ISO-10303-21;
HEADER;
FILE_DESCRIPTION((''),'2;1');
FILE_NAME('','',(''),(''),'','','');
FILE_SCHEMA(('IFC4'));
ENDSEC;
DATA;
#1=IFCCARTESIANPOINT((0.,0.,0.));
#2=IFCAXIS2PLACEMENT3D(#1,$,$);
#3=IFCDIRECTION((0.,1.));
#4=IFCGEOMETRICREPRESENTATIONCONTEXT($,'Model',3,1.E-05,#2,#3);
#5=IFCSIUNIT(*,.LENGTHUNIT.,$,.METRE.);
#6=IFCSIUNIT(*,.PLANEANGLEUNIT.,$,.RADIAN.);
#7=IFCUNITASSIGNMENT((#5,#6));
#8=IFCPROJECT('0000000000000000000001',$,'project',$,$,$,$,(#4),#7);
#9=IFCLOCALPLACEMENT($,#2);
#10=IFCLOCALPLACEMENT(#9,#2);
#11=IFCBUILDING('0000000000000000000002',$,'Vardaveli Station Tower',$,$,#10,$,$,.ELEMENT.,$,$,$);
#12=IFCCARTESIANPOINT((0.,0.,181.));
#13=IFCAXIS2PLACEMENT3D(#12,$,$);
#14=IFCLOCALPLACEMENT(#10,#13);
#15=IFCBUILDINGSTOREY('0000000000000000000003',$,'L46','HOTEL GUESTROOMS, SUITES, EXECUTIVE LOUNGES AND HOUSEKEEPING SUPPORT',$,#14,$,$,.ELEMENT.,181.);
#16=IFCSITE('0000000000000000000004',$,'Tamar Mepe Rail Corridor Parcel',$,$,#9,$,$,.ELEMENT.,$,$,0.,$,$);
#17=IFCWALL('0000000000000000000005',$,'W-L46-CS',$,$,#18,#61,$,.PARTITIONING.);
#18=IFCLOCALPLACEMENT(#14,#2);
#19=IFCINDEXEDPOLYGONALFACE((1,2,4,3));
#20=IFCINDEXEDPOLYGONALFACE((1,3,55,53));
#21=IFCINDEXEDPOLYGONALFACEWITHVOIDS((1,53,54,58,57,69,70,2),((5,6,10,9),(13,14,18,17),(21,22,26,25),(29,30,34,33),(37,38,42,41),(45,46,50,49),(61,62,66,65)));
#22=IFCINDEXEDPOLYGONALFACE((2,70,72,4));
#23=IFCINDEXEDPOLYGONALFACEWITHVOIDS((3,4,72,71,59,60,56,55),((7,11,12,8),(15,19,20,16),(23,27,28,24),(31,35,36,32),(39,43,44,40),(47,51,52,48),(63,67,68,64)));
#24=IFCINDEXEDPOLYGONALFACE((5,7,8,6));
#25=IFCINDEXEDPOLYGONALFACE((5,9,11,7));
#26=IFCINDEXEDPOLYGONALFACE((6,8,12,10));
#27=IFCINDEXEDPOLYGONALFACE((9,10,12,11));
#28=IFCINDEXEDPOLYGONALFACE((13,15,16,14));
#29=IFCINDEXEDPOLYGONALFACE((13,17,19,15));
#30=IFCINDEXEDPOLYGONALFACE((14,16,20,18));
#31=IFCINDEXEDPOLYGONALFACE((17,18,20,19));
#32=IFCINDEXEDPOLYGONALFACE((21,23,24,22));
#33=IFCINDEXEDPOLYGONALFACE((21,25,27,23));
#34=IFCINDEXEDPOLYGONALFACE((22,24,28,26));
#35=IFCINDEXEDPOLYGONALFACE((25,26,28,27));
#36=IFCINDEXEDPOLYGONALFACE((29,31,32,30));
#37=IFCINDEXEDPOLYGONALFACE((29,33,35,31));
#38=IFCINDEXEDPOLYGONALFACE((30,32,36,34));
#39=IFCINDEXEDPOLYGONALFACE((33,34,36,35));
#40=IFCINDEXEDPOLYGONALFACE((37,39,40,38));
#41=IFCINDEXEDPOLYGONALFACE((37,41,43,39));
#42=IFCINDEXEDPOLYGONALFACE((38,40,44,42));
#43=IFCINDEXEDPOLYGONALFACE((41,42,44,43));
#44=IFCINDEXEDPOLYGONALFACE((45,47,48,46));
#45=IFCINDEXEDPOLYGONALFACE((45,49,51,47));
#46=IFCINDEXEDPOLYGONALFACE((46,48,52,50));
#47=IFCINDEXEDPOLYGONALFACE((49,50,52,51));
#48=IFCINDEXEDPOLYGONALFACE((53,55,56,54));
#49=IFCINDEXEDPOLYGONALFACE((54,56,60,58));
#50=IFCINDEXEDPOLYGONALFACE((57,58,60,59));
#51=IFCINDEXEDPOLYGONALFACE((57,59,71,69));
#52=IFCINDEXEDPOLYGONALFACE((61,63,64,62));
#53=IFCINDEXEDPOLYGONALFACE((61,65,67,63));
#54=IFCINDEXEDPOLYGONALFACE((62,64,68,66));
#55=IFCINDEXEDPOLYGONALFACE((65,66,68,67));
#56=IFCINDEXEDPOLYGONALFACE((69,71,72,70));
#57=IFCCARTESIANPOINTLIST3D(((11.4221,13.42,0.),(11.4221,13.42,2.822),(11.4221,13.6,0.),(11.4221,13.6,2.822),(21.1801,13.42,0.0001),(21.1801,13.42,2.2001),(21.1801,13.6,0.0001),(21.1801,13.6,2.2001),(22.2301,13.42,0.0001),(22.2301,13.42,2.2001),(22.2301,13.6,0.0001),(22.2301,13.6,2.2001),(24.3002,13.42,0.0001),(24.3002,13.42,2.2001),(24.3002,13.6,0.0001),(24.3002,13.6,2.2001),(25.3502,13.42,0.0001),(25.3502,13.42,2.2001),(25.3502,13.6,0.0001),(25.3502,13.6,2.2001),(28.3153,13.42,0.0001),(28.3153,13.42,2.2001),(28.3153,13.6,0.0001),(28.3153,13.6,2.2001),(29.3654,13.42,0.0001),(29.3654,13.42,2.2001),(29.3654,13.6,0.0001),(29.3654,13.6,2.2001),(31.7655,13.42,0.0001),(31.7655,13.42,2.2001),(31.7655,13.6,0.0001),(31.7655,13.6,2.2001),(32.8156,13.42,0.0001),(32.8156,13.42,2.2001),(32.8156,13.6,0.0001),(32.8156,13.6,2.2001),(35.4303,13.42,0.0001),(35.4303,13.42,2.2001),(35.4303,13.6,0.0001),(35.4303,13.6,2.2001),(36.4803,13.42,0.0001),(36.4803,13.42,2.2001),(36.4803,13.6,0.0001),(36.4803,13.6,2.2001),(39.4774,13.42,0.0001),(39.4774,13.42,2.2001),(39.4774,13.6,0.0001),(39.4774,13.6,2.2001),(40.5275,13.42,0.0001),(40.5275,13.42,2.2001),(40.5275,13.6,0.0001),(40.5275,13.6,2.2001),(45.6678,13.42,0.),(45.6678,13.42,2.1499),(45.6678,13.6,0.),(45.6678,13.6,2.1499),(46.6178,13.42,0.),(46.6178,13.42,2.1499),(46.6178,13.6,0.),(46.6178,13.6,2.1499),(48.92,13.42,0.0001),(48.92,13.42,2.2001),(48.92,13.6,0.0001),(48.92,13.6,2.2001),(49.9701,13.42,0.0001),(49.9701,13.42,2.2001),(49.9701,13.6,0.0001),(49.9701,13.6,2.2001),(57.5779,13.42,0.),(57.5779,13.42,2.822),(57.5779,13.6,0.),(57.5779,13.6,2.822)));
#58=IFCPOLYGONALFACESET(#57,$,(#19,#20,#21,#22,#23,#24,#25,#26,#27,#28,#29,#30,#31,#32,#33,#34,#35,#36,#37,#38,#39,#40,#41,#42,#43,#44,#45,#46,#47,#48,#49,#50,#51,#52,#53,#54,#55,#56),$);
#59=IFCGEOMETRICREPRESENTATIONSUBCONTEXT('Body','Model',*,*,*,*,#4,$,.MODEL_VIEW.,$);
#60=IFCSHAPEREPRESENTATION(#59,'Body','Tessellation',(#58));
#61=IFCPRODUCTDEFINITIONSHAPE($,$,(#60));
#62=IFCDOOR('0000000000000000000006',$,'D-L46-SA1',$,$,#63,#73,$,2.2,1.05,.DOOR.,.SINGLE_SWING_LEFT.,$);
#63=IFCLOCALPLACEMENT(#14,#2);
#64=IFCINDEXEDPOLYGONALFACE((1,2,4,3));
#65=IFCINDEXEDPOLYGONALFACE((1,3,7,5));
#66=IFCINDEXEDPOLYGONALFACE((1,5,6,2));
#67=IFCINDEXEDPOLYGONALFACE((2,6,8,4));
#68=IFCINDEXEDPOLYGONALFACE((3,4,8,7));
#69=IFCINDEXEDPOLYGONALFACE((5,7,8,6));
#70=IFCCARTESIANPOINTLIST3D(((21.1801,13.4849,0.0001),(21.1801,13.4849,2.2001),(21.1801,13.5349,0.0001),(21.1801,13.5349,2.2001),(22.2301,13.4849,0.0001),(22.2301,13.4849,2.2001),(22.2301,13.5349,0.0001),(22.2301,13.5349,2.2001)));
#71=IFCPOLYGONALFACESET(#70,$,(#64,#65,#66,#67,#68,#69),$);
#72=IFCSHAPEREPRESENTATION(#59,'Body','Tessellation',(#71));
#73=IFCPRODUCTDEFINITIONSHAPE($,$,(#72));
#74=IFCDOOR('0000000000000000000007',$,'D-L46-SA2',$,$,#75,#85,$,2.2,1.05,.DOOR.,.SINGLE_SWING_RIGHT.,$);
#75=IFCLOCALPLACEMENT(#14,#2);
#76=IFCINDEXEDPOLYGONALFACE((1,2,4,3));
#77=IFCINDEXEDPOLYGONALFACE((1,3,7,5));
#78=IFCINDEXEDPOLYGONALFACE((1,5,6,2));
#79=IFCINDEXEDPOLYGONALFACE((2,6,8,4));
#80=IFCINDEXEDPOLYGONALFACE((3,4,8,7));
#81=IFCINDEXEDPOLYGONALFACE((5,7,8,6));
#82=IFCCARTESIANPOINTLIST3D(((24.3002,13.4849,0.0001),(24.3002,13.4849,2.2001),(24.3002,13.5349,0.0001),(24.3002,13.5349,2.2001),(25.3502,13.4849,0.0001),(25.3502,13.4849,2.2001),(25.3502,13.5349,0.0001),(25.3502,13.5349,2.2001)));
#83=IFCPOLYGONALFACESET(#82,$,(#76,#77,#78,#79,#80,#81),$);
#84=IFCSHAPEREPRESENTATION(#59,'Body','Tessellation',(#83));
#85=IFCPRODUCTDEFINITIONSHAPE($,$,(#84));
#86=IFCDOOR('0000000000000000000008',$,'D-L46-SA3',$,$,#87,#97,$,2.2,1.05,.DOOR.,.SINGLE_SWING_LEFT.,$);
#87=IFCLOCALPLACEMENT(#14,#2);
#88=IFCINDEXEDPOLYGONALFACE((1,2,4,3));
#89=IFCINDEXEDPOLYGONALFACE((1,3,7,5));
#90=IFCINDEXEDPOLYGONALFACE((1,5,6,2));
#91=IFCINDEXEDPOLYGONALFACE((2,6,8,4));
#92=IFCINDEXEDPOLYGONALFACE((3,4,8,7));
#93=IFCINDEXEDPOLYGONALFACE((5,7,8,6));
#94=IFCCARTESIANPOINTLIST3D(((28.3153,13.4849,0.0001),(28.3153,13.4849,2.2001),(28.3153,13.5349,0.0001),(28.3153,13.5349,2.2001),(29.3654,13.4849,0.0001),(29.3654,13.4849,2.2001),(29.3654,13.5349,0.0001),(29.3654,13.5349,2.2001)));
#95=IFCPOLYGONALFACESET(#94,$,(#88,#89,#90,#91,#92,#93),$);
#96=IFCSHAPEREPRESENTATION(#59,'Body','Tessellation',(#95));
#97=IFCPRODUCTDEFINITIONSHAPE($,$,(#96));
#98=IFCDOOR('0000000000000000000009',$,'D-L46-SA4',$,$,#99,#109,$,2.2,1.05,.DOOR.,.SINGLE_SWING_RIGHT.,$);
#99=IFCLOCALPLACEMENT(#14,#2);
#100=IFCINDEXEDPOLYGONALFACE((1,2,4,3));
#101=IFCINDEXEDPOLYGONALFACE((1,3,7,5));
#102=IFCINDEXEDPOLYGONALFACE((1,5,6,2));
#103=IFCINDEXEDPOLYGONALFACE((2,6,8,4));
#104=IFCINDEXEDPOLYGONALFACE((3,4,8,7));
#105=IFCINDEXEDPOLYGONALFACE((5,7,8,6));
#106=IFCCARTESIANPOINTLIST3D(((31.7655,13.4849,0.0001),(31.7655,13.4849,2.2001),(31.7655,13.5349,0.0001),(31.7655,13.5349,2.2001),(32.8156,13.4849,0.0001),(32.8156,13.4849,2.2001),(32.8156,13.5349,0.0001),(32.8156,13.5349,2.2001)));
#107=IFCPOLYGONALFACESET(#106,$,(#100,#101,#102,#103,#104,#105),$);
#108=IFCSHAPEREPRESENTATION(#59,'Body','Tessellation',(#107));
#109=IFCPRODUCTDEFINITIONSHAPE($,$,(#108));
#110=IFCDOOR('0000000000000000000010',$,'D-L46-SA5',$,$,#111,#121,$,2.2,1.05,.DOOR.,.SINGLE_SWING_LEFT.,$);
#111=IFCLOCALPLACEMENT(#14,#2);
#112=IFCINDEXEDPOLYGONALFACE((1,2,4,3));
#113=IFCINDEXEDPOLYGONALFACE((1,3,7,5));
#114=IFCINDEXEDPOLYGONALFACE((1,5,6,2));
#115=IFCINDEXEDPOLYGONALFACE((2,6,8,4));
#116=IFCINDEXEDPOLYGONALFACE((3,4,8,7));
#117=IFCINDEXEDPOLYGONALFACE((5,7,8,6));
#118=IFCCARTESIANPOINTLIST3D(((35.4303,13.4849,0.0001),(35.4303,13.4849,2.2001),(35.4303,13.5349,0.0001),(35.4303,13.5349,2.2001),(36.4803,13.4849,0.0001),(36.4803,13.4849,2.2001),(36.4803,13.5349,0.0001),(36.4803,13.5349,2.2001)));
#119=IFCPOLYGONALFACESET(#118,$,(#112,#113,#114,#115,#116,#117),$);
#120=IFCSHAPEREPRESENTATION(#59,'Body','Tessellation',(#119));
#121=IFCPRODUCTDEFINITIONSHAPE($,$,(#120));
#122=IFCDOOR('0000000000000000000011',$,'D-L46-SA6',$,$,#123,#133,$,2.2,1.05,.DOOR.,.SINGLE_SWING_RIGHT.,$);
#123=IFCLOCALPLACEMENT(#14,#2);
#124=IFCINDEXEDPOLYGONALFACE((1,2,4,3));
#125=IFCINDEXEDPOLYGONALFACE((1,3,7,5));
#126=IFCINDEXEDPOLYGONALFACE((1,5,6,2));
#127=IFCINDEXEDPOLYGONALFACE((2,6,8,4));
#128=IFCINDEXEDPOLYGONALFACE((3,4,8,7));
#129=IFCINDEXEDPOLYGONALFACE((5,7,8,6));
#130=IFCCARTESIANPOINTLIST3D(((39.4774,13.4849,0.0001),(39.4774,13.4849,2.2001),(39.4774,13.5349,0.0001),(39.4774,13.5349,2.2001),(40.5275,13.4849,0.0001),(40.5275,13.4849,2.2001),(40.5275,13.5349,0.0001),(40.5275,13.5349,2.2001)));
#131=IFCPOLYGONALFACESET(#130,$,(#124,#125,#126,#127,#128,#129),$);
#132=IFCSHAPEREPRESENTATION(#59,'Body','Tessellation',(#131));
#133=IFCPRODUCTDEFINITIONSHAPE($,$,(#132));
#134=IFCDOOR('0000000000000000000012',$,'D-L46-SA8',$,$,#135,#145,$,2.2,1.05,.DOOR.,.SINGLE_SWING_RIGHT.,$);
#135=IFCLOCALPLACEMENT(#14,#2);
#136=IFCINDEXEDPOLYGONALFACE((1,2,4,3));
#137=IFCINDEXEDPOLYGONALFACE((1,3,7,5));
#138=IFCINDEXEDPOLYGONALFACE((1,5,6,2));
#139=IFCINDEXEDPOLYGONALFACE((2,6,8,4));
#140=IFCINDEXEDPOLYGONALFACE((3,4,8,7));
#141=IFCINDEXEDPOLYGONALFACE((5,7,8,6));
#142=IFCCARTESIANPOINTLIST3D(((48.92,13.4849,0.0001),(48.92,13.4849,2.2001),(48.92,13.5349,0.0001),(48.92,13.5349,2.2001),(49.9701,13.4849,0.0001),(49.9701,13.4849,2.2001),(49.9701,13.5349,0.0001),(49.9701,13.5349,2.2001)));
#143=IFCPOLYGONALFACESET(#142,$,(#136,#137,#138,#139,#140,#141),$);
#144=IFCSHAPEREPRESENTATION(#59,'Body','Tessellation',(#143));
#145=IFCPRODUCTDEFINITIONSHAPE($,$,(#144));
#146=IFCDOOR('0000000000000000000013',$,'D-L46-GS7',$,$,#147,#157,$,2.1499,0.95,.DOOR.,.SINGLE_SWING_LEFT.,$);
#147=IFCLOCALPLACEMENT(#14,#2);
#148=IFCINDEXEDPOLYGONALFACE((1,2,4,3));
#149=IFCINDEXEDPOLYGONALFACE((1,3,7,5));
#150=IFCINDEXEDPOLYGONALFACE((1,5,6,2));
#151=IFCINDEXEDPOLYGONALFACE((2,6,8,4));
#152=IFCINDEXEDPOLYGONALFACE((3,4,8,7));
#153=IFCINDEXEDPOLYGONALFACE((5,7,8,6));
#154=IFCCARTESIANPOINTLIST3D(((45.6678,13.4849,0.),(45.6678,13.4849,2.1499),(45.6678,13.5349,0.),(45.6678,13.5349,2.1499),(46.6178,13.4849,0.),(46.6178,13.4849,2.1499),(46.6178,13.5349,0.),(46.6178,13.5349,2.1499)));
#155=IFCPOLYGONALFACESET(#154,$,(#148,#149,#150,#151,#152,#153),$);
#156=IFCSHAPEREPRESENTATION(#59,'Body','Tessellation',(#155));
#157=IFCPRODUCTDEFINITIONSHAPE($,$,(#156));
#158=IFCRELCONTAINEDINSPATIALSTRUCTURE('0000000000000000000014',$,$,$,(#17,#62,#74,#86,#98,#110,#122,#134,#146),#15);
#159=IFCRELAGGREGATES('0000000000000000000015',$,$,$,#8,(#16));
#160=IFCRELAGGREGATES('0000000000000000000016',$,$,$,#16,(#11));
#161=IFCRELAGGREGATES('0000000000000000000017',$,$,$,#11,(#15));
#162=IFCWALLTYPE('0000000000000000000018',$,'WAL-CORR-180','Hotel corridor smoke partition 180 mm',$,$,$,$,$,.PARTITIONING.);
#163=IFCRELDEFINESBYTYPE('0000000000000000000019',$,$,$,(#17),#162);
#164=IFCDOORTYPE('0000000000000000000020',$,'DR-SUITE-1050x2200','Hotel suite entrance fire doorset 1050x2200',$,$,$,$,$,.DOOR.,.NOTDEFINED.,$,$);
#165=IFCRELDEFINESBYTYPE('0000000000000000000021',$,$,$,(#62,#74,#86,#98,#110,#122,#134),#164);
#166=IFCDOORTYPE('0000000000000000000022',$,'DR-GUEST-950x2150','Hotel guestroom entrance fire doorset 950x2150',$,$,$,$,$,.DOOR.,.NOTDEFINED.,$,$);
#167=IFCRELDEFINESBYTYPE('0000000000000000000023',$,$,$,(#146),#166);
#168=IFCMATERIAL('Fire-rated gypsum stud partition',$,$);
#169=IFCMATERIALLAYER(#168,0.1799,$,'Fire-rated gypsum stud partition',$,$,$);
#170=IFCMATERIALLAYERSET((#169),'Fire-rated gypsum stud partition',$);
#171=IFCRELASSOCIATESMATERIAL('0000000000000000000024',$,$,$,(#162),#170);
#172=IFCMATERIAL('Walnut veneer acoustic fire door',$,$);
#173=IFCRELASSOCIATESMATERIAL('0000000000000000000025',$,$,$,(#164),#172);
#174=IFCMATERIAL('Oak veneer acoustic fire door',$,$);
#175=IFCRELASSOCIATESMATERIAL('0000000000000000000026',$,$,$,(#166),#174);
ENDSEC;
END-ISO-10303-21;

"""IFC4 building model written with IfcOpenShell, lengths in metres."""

from ifc_helpers import new_model, si_unit, direction, frame, frame_2d, origin, place, context, subcontext, project, spatial, rectangle, extrude, source, transform, mapped, material, layer, layer_set, type_object, element, fill, save


model = new_model("IFC4")

# Units and contexts
model_context = context("Model", 3, precision=1e-05, world=origin(), true_north=direction((0.0, 1.0)))
body_context = subcontext(model_context, "Body", "Model", "MODEL_VIEW")
ifc_project = project(units=[si_unit("LENGTHUNIT", "METRE"), si_unit("PLANEANGLEUNIT", "RADIAN")], contexts=[model_context])

# Site, building, storey
site_placement = place(None, origin())
site = spatial("IfcSite", under=ifc_project, at=site_placement, Name="Tamar Mepe Rail Corridor Parcel", CompositionType="ELEMENT", RefElevation=0.0)
building_placement = place(site_placement, origin())
building = spatial("IfcBuilding", under=site, at=building_placement, Name="Vardaveli Station Tower", CompositionType="ELEMENT")
storey_placement = place(building_placement, frame((0.0, 0.0, 181.0)))
storey = spatial("IfcBuildingStorey", under=building, at=storey_placement, Name="L46", Description="HOTEL GUESTROOMS, SUITES, EXECUTIVE LOUNGES AND HOUSEKEEPING SUPPORT", CompositionType="ELEMENT", Elevation=181.0)

# Wall, openings, doors
ifc_material_1 = material(Name="Fire-rated gypsum stud partition")
ifc_layer_1 = layer(ifc_material_1, 0.1799, Name="Fire-rated gypsum stud partition")
ifc_layer_set_1 = layer_set([ifc_layer_1], Name="Fire-rated gypsum stud partition")
wall_type_1 = type_object("IfcWallType", Name="WAL-CORR-180", Description="Hotel corridor smoke partition 180 mm", PredefinedType="PARTITIONING", material=ifc_layer_set_1)
shared_shape_1 = source(origin(), body_context, "Body", "SweptSolid", [
    extrude(rectangle(XDim=46.1558, YDim=0.1799, at=frame_2d((23.0779, 0.0))), origin(), (0.0, 0.0, 1.0), 2.822),
])
wall_1_placement = place(storey_placement, frame((11.4221, 13.51, 0.0), z_axis=(0.0, 0.0, 1.0), x_axis=(1.0, 0.0, 0.0)))
wall_1 = element("IfcWall", 1, at=wall_1_placement, inside=storey, type_object=wall_type_1, Name="W-L46-CS", PredefinedType="PARTITIONING", context=body_context, shape_type="MappedRepresentation", body=[
    mapped(shared_shape_1, transform((0.0, 0.0, 0.0), scale=1.0)),
])
shared_shape_2 = source(origin(), body_context, "Body", "SweptSolid", [
    extrude(rectangle(XDim=1.05, YDim=2.2, at=frame_2d((0.5249, 1.1001))), frame((0.0, 0.1001, 0.0), z_axis=(0.0, -1.0, 0.0), x_axis=(1.0, 0.0, 0.0)), (0.0, 0.0, 1.0), 0.2),
])
opening_1_placement = place(wall_1_placement, frame((9.7581, 0.0, 0.0)))
opening_1 = element("IfcOpeningElement", 2, at=opening_1_placement, cuts=wall_1, PredefinedType="OPENING", context=body_context, shape_type="MappedRepresentation", body=[
    mapped(shared_shape_2, transform((0.0, 0.0, 0.0), scale=1.0)),
])
opening_2_placement = place(wall_1_placement, frame((12.8782, 0.0, 0.0)))
opening_2 = element("IfcOpeningElement", 3, at=opening_2_placement, cuts=wall_1, PredefinedType="OPENING", context=body_context, shape_type="MappedRepresentation", body=[
    mapped(shared_shape_2, transform((0.0, 0.0, 0.0), scale=1.0)),
])
opening_3_placement = place(wall_1_placement, frame((16.8933, 0.0, 0.0)))
opening_3 = element("IfcOpeningElement", 4, at=opening_3_placement, cuts=wall_1, PredefinedType="OPENING", context=body_context, shape_type="MappedRepresentation", body=[
    mapped(shared_shape_2, transform((0.0, 0.0, 0.0), scale=1.0)),
])
opening_4_placement = place(wall_1_placement, frame((20.3435, 0.0, 0.0)))
opening_4 = element("IfcOpeningElement", 5, at=opening_4_placement, cuts=wall_1, PredefinedType="OPENING", context=body_context, shape_type="MappedRepresentation", body=[
    mapped(shared_shape_2, transform((0.0, 0.0, 0.0), scale=1.0)),
])
opening_5_placement = place(wall_1_placement, frame((24.0083, 0.0, 0.0)))
opening_5 = element("IfcOpeningElement", 6, at=opening_5_placement, cuts=wall_1, PredefinedType="OPENING", context=body_context, shape_type="MappedRepresentation", body=[
    mapped(shared_shape_2, transform((0.0, 0.0, 0.0), scale=1.0)),
])
opening_6_placement = place(wall_1_placement, frame((28.0554, 0.0, 0.0)))
opening_6 = element("IfcOpeningElement", 7, at=opening_6_placement, cuts=wall_1, PredefinedType="OPENING", context=body_context, shape_type="MappedRepresentation", body=[
    mapped(shared_shape_2, transform((0.0, 0.0, 0.0), scale=1.0)),
])
shared_shape_3 = source(origin(), body_context, "Body", "SweptSolid", [
    extrude(rectangle(XDim=0.95, YDim=2.1499, at=frame_2d((0.4751, 1.075))), frame((0.0, 0.1001, 0.0), z_axis=(0.0, -1.0, 0.0), x_axis=(1.0, 0.0, 0.0)), (0.0, 0.0, 1.0), 0.2),
])
opening_7_placement = place(wall_1_placement, frame((34.2456, 0.0, 0.0)))
opening_7 = element("IfcOpeningElement", 8, at=opening_7_placement, cuts=wall_1, PredefinedType="OPENING", context=body_context, shape_type="MappedRepresentation", body=[
    mapped(shared_shape_3, transform((0.0, 0.0, 0.0), scale=1.0)),
])
opening_8_placement = place(wall_1_placement, frame((37.498, 0.0, 0.0)))
opening_8 = element("IfcOpeningElement", 9, at=opening_8_placement, cuts=wall_1, PredefinedType="OPENING", context=body_context, shape_type="MappedRepresentation", body=[
    mapped(shared_shape_2, transform((0.0, 0.0, 0.0), scale=1.0)),
])
ifc_material_2 = material(Name="Walnut veneer acoustic fire door")
door_type_1 = type_object("IfcDoorType", Name="DR-SUITE-1050x2200", Description="Hotel suite entrance fire doorset 1050x2200", OperationType="NOTDEFINED", PredefinedType="DOOR", material=ifc_material_2)
shared_shape_4 = source(origin(), body_context, "Body", "SweptSolid", [
    extrude(rectangle(XDim=1.05, YDim=2.2, at=frame_2d((0.5249, 1.1001))), frame((0.0, 0.0249, 0.0), z_axis=(0.0, -1.0, 0.0), x_axis=(1.0, 0.0, 0.0)), (0.0, 0.0, 1.0), 0.05),
])
door_1_placement = place(opening_1_placement, origin())
door_1 = element("IfcDoor", 10, at=door_1_placement, inside=storey, type_object=door_type_1, Name="D-L46-SA1", OperationType="SINGLE_SWING_LEFT", OverallHeight=2.2, OverallWidth=1.05, PredefinedType="DOOR", context=body_context, shape_type="MappedRepresentation", body=[
    mapped(shared_shape_4, transform((0.0, 0.0, 0.0), scale=1.0)),
])
fill(opening_1, door_1)
door_2_placement = place(opening_2_placement, origin())
door_2 = element("IfcDoor", 11, at=door_2_placement, inside=storey, type_object=door_type_1, Name="D-L46-SA2", OperationType="SINGLE_SWING_RIGHT", OverallHeight=2.2, OverallWidth=1.05, PredefinedType="DOOR", context=body_context, shape_type="MappedRepresentation", body=[
    mapped(shared_shape_4, transform((0.0, 0.0, 0.0), scale=1.0)),
])
fill(opening_2, door_2)
door_3_placement = place(opening_3_placement, origin())
door_3 = element("IfcDoor", 12, at=door_3_placement, inside=storey, type_object=door_type_1, Name="D-L46-SA3", OperationType="SINGLE_SWING_LEFT", OverallHeight=2.2, OverallWidth=1.05, PredefinedType="DOOR", context=body_context, shape_type="MappedRepresentation", body=[
    mapped(shared_shape_4, transform((0.0, 0.0, 0.0), scale=1.0)),
])
fill(opening_3, door_3)
door_4_placement = place(opening_4_placement, origin())
door_4 = element("IfcDoor", 13, at=door_4_placement, inside=storey, type_object=door_type_1, Name="D-L46-SA4", OperationType="SINGLE_SWING_RIGHT", OverallHeight=2.2, OverallWidth=1.05, PredefinedType="DOOR", context=body_context, shape_type="MappedRepresentation", body=[
    mapped(shared_shape_4, transform((0.0, 0.0, 0.0), scale=1.0)),
])
fill(opening_4, door_4)
door_5_placement = place(opening_5_placement, origin())
door_5 = element("IfcDoor", 14, at=door_5_placement, inside=storey, type_object=door_type_1, Name="D-L46-SA5", OperationType="SINGLE_SWING_LEFT", OverallHeight=2.2, OverallWidth=1.05, PredefinedType="DOOR", context=body_context, shape_type="MappedRepresentation", body=[
    mapped(shared_shape_4, transform((0.0, 0.0, 0.0), scale=1.0)),
])
fill(opening_5, door_5)
door_6_placement = place(opening_6_placement, origin())
door_6 = element("IfcDoor", 15, at=door_6_placement, inside=storey, type_object=door_type_1, Name="D-L46-SA6", OperationType="SINGLE_SWING_RIGHT", OverallHeight=2.2, OverallWidth=1.05, PredefinedType="DOOR", context=body_context, shape_type="MappedRepresentation", body=[
    mapped(shared_shape_4, transform((0.0, 0.0, 0.0), scale=1.0)),
])
fill(opening_6, door_6)
door_7_placement = place(opening_8_placement, origin())
door_7 = element("IfcDoor", 16, at=door_7_placement, inside=storey, type_object=door_type_1, Name="D-L46-SA8", OperationType="SINGLE_SWING_RIGHT", OverallHeight=2.2, OverallWidth=1.05, PredefinedType="DOOR", context=body_context, shape_type="MappedRepresentation", body=[
    mapped(shared_shape_4, transform((0.0, 0.0, 0.0), scale=1.0)),
])
fill(opening_8, door_7)
ifc_material_3 = material(Name="Oak veneer acoustic fire door")
door_type_2 = type_object("IfcDoorType", Name="DR-GUEST-950x2150", Description="Hotel guestroom entrance fire doorset 950x2150", OperationType="NOTDEFINED", PredefinedType="DOOR", material=ifc_material_3)
shared_shape_5 = source(origin(), body_context, "Body", "SweptSolid", [
    extrude(rectangle(XDim=0.95, YDim=2.1499, at=frame_2d((0.4751, 1.075))), frame((0.0, 0.0249, 0.0), z_axis=(0.0, -1.0, 0.0), x_axis=(1.0, 0.0, 0.0)), (0.0, 0.0, 1.0), 0.05),
])
door_8_placement = place(opening_7_placement, origin())
door_8 = element("IfcDoor", 17, at=door_8_placement, inside=storey, type_object=door_type_2, Name="D-L46-GS7", OperationType="SINGLE_SWING_LEFT", OverallHeight=2.1499, OverallWidth=0.95, PredefinedType="DOOR", context=body_context, shape_type="MappedRepresentation", body=[
    mapped(shared_shape_5, transform((0.0, 0.0, 0.0), scale=1.0)),
])
fill(opening_7, door_8)

save(model, "model.ifc")
